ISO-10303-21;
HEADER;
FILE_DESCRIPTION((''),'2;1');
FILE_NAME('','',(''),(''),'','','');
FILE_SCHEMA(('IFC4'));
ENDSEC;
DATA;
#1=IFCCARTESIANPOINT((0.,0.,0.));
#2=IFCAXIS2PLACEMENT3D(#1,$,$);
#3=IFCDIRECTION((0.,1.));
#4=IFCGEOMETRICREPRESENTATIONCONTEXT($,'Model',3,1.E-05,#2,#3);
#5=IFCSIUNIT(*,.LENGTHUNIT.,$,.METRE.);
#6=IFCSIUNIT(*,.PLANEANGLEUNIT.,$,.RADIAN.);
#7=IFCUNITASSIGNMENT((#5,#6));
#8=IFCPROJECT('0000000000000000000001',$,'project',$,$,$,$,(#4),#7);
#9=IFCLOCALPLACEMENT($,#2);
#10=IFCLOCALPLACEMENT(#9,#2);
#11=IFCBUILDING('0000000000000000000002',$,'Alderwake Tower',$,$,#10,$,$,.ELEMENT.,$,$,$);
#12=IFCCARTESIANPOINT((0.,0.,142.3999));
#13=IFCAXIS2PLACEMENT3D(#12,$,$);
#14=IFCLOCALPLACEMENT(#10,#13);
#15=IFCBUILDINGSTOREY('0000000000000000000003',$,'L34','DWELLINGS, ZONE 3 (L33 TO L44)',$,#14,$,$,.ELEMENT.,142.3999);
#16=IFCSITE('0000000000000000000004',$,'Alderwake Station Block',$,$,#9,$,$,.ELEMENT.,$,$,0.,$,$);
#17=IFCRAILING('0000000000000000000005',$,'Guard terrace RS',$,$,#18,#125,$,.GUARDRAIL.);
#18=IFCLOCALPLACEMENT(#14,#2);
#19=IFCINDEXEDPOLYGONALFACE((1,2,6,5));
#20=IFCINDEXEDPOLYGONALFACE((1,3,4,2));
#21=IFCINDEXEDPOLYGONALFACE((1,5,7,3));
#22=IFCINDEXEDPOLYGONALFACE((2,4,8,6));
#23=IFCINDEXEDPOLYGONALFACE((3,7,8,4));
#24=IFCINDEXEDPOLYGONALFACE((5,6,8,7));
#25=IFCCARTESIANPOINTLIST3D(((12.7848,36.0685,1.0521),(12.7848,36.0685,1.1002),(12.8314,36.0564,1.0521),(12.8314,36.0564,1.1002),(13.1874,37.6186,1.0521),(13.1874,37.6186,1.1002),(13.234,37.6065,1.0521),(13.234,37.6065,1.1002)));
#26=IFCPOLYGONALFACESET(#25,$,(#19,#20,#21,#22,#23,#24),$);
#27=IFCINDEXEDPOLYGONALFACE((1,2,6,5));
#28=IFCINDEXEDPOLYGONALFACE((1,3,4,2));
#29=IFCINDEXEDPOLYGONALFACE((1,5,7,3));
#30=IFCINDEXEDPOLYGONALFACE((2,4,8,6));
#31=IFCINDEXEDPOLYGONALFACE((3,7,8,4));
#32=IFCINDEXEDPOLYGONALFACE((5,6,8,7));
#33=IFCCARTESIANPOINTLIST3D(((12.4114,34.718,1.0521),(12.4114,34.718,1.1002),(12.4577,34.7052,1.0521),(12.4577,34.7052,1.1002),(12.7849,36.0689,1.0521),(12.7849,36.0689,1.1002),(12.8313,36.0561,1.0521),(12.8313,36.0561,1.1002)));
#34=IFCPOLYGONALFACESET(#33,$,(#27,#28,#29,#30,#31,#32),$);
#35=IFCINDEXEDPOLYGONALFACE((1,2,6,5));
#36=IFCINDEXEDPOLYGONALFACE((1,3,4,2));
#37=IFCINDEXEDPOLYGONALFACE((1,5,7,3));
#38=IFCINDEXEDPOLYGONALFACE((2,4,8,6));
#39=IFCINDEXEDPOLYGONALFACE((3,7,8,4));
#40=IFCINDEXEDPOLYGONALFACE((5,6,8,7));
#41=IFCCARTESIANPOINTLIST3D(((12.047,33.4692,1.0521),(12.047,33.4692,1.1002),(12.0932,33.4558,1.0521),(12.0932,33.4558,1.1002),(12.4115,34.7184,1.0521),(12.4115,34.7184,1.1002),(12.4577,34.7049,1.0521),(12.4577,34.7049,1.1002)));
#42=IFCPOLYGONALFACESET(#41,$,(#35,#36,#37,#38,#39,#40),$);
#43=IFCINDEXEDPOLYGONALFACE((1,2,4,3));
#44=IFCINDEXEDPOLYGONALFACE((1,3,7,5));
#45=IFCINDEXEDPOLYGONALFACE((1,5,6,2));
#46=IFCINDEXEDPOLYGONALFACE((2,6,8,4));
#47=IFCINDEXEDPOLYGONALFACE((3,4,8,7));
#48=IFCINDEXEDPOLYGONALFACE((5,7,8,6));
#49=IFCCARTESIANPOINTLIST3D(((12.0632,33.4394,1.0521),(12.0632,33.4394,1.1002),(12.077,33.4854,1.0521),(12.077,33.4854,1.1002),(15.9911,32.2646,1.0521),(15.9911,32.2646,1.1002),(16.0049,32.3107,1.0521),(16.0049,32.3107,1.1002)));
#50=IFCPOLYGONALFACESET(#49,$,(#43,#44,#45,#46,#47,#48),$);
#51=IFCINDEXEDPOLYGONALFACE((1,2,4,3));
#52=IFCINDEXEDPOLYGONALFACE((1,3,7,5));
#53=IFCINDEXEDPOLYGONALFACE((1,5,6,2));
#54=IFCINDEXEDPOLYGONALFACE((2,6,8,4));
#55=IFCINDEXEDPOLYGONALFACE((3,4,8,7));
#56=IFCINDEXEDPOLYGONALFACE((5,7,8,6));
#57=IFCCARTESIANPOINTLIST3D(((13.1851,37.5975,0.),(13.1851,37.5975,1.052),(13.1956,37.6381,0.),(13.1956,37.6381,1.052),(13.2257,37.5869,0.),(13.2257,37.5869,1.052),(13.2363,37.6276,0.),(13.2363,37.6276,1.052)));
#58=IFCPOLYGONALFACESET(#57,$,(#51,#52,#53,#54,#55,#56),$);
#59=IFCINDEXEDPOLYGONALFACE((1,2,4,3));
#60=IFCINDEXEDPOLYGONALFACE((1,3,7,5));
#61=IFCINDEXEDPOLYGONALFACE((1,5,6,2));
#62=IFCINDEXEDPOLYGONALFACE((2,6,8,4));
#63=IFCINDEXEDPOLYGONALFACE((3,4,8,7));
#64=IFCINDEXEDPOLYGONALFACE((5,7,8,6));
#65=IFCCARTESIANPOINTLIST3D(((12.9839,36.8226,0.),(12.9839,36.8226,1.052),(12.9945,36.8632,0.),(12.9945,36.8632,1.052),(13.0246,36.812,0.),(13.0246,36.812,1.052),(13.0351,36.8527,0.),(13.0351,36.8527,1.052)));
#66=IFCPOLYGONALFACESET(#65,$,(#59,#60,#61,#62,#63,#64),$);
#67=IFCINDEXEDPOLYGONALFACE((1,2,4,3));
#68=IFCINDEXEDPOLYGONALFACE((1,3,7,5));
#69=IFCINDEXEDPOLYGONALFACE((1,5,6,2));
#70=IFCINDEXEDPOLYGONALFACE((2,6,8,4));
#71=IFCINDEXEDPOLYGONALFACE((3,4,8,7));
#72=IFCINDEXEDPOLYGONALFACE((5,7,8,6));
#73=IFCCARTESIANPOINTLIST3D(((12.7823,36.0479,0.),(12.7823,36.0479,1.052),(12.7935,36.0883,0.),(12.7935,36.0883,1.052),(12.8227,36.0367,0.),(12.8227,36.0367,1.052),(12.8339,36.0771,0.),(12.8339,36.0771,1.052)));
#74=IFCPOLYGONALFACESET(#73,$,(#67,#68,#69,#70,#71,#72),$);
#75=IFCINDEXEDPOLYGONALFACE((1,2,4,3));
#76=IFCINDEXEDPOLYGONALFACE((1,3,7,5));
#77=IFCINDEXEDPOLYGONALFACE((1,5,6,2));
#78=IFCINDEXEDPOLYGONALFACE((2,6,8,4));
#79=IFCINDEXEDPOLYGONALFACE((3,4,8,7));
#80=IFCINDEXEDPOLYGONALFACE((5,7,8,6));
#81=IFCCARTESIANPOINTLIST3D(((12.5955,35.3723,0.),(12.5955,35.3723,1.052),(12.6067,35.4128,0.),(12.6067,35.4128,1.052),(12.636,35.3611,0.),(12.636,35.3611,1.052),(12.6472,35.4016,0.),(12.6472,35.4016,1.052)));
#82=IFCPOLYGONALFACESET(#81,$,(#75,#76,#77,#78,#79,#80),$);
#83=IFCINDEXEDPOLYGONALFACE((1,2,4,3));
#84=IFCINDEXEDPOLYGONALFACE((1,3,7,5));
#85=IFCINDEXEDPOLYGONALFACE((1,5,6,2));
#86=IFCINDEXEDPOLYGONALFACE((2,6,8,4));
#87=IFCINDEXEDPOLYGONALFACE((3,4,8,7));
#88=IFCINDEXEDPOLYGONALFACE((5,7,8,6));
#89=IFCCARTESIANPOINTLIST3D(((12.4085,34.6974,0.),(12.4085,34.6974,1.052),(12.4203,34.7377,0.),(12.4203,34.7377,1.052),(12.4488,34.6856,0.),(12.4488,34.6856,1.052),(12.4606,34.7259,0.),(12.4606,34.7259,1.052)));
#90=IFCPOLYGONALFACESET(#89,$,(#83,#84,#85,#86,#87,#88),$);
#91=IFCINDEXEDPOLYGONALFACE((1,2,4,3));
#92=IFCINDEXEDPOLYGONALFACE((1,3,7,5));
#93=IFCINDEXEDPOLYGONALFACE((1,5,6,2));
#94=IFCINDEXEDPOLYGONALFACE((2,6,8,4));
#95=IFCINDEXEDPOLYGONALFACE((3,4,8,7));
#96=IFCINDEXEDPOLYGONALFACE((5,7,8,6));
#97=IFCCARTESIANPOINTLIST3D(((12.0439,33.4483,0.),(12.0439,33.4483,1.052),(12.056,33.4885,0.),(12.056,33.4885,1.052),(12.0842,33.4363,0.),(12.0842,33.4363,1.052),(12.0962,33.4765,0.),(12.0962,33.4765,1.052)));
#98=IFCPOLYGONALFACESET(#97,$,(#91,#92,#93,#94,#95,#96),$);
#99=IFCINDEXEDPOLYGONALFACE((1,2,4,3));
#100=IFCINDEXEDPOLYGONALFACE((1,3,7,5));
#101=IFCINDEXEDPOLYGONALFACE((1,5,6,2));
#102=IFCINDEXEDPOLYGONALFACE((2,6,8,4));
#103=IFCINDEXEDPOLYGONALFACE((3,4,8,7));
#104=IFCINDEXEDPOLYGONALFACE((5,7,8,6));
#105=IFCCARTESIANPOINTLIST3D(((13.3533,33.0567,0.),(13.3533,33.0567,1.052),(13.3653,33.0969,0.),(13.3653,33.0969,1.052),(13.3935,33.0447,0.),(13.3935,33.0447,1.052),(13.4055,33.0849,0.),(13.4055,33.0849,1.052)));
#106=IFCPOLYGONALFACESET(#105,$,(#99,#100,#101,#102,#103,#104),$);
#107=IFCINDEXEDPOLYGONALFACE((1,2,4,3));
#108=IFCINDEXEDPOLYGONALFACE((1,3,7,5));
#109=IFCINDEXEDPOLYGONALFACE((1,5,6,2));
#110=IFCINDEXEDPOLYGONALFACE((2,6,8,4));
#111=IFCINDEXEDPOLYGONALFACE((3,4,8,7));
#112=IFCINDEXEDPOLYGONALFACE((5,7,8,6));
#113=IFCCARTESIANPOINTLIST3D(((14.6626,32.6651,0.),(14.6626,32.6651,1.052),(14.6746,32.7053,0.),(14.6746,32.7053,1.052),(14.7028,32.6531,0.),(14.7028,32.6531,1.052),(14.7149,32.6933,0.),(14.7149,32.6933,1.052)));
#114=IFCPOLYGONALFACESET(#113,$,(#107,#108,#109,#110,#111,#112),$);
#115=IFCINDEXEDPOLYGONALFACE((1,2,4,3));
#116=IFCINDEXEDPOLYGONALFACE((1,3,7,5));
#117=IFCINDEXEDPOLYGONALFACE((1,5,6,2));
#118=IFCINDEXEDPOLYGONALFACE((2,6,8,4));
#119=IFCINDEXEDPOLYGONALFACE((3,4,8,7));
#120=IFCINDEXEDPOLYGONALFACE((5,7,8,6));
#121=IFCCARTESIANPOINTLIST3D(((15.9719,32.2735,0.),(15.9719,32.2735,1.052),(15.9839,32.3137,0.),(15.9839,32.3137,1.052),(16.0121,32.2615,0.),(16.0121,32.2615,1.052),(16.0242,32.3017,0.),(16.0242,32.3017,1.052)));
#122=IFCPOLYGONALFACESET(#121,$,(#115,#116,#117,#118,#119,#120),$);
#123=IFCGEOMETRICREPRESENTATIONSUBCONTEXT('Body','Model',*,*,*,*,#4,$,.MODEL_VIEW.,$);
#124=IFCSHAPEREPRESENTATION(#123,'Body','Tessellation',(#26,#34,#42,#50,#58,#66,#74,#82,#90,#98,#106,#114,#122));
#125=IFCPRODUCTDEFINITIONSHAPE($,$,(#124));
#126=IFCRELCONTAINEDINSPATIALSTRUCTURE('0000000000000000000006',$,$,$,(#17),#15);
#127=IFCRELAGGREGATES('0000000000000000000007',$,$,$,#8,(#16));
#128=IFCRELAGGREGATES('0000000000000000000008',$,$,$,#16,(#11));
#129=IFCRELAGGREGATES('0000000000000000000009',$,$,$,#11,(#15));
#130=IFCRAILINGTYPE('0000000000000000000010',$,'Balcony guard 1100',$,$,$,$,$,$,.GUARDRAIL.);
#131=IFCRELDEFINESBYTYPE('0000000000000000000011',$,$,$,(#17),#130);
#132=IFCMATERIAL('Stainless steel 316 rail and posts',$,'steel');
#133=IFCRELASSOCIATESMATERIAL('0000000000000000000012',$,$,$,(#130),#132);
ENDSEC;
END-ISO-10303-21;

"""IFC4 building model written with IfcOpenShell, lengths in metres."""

from ifc_helpers import new_model, si_unit, direction, frame, origin, origin_2d, place, context, subcontext, project, spatial, rectangle, extrude, material, type_object, element, save


model = new_model("IFC4")

# Units and contexts
model_context = context("Model", 3, precision=1e-05, world=origin(), true_north=direction((0.0, 1.0)))
body_context = subcontext(model_context, "Body", "Model", "MODEL_VIEW")
ifc_project = project(units=[si_unit("LENGTHUNIT", "METRE"), si_unit("PLANEANGLEUNIT", "RADIAN")], contexts=[model_context])

# Site, building, storey
site_placement = place(None, origin())
site = spatial("IfcSite", under=ifc_project, at=site_placement, Name="Alderwake Station Block", CompositionType="ELEMENT", RefElevation=0.0)
building_placement = place(site_placement, origin())
building = spatial("IfcBuilding", under=site, at=building_placement, Name="Alderwake Tower", CompositionType="ELEMENT")
storey_placement = place(building_placement, frame((0.0, 0.0, 142.3999)))
storey = spatial("IfcBuildingStorey", under=building, at=storey_placement, Name="L34", Description="DWELLINGS, ZONE 3 (L33 TO L44)", CompositionType="ELEMENT", Elevation=142.3999)

# Railing
ifc_material_1 = material(Name="Stainless steel 316 rail and posts", Category="steel")
railing_type = type_object("IfcRailingType", Name="Balcony guard 1100", PredefinedType="GUARDRAIL", material=ifc_material_1)
railing_placement = place(storey_placement, frame((13.2107, 37.6125, 0.0)))
element("IfcRailing", 1, at=railing_placement, inside=storey, type_object=railing_type, Name="Guard terrace RS", PredefinedType="GUARDRAIL", context=body_context, shape_type="SweptSolid", body=[
    extrude(rectangle(XDim=0.0481, YDim=0.0481, at=origin_2d()), frame((0.0, 0.0, 1.0762), z_axis=(-0.251385, -0.967887, 0.0), x_axis=(0.967887, -0.251385, 0.0)), (0.0, 0.0, 1.0), 1.6016),
    extrude(rectangle(XDim=0.0481, YDim=0.0481, at=origin_2d()), frame((-0.4026, -1.55, 1.0762), z_axis=(-0.266521, -0.963829, 0.0), x_axis=(0.963829, -0.266521, 0.0)), (0.0, 0.0, 1.0), 1.4016),
    extrude(rectangle(XDim=0.0481, YDim=0.0481, at=origin_2d()), frame((-0.7761, -2.9009, 1.0762), z_axis=(-0.280094, -0.959973, 0.0), x_axis=(0.959973, -0.280094, 0.0)), (0.0, 0.0, 1.0), 1.3013),
    extrude(rectangle(XDim=0.0481, YDim=0.0481, at=origin_2d()), frame((-1.1406, -4.1501, 1.0762), z_axis=(0.958067, -0.286545, 0.0), x_axis=(0.286545, 0.958067, 0.0)), (0.0, 0.0, 1.0), 4.0999),
    extrude(rectangle(XDim=0.042, YDim=0.042, at=origin_2d()), frame((0.0, 0.0, 0.0), z_axis=(0.0, 0.0, 1.0), x_axis=(-0.251385, -0.967887, 0.0)), (0.0, 0.0, 1.0), 1.052),
    extrude(rectangle(XDim=0.042, YDim=0.042, at=origin_2d()), frame((-0.2012, -0.7749, 0.0), z_axis=(0.0, 0.0, 1.0), x_axis=(-0.251385, -0.967887, 0.0)), (0.0, 0.0, 1.0), 1.052),
    extrude(rectangle(XDim=0.042, YDim=0.042, at=origin_2d()), frame((-0.4026, -1.55, 0.0), z_axis=(0.0, 0.0, 1.0), x_axis=(-0.266521, -0.963829, 0.0)), (0.0, 0.0, 1.0), 1.052),
    extrude(rectangle(XDim=0.042, YDim=0.042, at=origin_2d()), frame((-0.5894, -2.2256, 0.0), z_axis=(0.0, 0.0, 1.0), x_axis=(-0.266521, -0.963829, 0.0)), (0.0, 0.0, 1.0), 1.052),
    extrude(rectangle(XDim=0.042, YDim=0.042, at=origin_2d()), frame((-0.7761, -2.9009, 0.0), z_axis=(0.0, 0.0, 1.0), x_axis=(-0.280094, -0.959973, 0.0)), (0.0, 0.0, 1.0), 1.052),
    extrude(rectangle(XDim=0.042, YDim=0.042, at=origin_2d()), frame((-1.1406, -4.1501, 0.0), z_axis=(0.0, 0.0, 1.0), x_axis=(0.958067, -0.286545, 0.0)), (0.0, 0.0, 1.0), 1.052),
    extrude(rectangle(XDim=0.042, YDim=0.042, at=origin_2d()), frame((0.1687, -4.5417, 0.0), z_axis=(0.0, 0.0, 1.0), x_axis=(0.958067, -0.286545, 0.0)), (0.0, 0.0, 1.0), 1.052),
    extrude(rectangle(XDim=0.042, YDim=0.042, at=origin_2d()), frame((1.478, -4.9333, 0.0), z_axis=(0.0, 0.0, 1.0), x_axis=(0.958067, -0.286545, 0.0)), (0.0, 0.0, 1.0), 1.052),
    extrude(rectangle(XDim=0.042, YDim=0.042, at=origin_2d()), frame((2.7874, -5.325, 0.0), z_axis=(0.0, 0.0, 1.0), x_axis=(0.958067, -0.286545, 0.0)), (0.0, 0.0, 1.0), 1.052),
])

save(model, "model.ifc")
